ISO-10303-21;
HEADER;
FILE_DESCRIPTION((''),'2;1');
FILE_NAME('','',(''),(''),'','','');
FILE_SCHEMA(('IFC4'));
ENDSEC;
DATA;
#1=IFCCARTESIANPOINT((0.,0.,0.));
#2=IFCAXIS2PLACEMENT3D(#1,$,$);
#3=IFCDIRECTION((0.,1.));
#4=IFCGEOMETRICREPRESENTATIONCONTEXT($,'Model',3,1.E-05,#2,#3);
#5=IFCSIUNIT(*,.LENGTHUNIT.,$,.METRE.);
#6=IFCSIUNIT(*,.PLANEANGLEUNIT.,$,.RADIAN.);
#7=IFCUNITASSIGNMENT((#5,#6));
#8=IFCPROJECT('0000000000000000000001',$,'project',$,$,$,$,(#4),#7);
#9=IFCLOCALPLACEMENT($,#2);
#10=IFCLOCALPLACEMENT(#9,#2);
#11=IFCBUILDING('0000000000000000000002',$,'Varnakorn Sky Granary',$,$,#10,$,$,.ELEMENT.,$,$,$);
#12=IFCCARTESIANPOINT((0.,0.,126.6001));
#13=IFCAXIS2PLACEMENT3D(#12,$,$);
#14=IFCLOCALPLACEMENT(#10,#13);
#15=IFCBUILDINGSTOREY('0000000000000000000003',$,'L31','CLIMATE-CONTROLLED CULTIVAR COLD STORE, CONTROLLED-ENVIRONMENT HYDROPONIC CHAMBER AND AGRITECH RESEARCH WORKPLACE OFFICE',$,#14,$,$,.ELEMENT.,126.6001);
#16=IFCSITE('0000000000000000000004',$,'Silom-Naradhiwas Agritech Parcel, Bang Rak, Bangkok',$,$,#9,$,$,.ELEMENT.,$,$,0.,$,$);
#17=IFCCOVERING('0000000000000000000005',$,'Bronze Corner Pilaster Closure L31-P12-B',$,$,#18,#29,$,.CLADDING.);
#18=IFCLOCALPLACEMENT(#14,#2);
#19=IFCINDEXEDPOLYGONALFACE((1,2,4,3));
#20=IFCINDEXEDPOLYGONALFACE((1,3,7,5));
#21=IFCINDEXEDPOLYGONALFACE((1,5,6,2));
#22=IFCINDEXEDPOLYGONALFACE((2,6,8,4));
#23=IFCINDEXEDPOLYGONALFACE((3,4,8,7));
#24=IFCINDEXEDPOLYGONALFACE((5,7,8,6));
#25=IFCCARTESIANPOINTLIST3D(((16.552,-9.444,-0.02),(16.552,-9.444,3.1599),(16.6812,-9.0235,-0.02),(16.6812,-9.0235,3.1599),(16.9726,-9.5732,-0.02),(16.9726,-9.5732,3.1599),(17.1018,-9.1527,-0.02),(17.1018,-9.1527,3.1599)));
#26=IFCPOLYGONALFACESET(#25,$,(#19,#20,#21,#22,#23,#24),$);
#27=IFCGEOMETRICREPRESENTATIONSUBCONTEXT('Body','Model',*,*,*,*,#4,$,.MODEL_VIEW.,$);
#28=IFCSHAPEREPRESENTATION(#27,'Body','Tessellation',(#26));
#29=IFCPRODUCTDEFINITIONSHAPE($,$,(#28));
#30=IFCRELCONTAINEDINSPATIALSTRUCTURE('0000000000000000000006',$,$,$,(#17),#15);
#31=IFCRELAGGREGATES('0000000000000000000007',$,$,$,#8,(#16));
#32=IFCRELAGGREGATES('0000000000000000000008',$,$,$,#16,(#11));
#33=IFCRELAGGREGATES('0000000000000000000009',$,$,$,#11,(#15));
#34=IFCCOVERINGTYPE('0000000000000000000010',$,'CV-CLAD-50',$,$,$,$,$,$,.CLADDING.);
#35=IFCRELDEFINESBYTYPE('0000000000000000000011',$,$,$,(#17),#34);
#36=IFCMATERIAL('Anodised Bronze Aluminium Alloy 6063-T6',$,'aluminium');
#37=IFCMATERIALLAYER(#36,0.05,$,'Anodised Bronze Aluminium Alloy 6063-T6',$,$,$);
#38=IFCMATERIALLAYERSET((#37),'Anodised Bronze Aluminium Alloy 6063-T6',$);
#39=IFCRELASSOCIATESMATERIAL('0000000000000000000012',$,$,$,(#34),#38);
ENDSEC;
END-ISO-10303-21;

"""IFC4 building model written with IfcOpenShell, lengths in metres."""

from ifc_helpers import new_model, si_unit, direction, frame, origin, origin_2d, place, context, subcontext, project, spatial, rectangle, extrude, source, transform, mapped, material, layer, layer_set, type_object, type_shapes, element, save


model = new_model("IFC4")

# Units and contexts
model_context = context("Model", 3, precision=1e-05, world=origin(), true_north=direction((0.0, 1.0)))
body_context = subcontext(model_context, "Body", "Model", "MODEL_VIEW")
ifc_project = project(units=[si_unit("LENGTHUNIT", "METRE"), si_unit("PLANEANGLEUNIT", "RADIAN")], contexts=[model_context])

# Site, building, storey
site_placement = place(None, origin())
site = spatial("IfcSite", under=ifc_project, at=site_placement, Name="Silom-Naradhiwas Agritech Parcel, Bang Rak, Bangkok", CompositionType="ELEMENT", RefElevation=0.0)
building_placement = place(site_placement, origin())
building = spatial("IfcBuilding", under=site, at=building_placement, Name="Varnakorn Sky Granary", CompositionType="ELEMENT")
storey_placement = place(building_placement, frame((0.0, 0.0, 126.6001)))
storey = spatial("IfcBuildingStorey", under=building, at=storey_placement, Name="L31", Description="CLIMATE-CONTROLLED CULTIVAR COLD STORE, CONTROLLED-ENVIRONMENT HYDROPONIC CHAMBER AND AGRITECH RESEARCH WORKPLACE OFFICE", CompositionType="ELEMENT", Elevation=126.6001)

# Shared definitions
ifc_material_1 = material(Name="Anodised Bronze Aluminium Alloy 6063-T6", Category="aluminium")

# Covering
ifc_layer_1 = layer(ifc_material_1, 0.05, Name="Anodised Bronze Aluminium Alloy 6063-T6")
ifc_layer_set_1 = layer_set([ifc_layer_1], Name="Anodised Bronze Aluminium Alloy 6063-T6")
covering_type = type_object("IfcCoveringType", Name="CV-CLAD-50", PredefinedType="CLADDING", material=ifc_layer_set_1)
shared_shape_1 = source(origin(), body_context, "Body", "SweptSolid", [
    extrude(rectangle(XDim=0.4399, YDim=0.4399, at=origin_2d()), origin(), (0.0, 0.0, 1.0), 3.1799),
])
type_shapes(covering_type, [shared_shape_1])
for number, where, z_axis, x_axis, name in (
    (1, (16.8269, -9.2983, -0.02), (0.0, 0.0, 1.0), (-0.293707, -0.955896, 0.0), "Bronze Corner Pilaster Closure L31-P12-B"),
):
    element("IfcCovering", number, at=place(storey_placement, frame(where, z_axis=z_axis, x_axis=x_axis)), inside=storey, type_object=covering_type, Name=name, PredefinedType="CLADDING", context=body_context, shape_type="MappedRepresentation", body=[
        mapped(shared_shape_1, transform((0.0, 0.0, 0.0), x_axis=(1.0, 0.0, 0.0), y_axis=(0.0, 1.0, 0.0), z_axis=(0.0, 0.0, 1.0), scale=1.0)),
    ])

save(model, "model.ifc")
